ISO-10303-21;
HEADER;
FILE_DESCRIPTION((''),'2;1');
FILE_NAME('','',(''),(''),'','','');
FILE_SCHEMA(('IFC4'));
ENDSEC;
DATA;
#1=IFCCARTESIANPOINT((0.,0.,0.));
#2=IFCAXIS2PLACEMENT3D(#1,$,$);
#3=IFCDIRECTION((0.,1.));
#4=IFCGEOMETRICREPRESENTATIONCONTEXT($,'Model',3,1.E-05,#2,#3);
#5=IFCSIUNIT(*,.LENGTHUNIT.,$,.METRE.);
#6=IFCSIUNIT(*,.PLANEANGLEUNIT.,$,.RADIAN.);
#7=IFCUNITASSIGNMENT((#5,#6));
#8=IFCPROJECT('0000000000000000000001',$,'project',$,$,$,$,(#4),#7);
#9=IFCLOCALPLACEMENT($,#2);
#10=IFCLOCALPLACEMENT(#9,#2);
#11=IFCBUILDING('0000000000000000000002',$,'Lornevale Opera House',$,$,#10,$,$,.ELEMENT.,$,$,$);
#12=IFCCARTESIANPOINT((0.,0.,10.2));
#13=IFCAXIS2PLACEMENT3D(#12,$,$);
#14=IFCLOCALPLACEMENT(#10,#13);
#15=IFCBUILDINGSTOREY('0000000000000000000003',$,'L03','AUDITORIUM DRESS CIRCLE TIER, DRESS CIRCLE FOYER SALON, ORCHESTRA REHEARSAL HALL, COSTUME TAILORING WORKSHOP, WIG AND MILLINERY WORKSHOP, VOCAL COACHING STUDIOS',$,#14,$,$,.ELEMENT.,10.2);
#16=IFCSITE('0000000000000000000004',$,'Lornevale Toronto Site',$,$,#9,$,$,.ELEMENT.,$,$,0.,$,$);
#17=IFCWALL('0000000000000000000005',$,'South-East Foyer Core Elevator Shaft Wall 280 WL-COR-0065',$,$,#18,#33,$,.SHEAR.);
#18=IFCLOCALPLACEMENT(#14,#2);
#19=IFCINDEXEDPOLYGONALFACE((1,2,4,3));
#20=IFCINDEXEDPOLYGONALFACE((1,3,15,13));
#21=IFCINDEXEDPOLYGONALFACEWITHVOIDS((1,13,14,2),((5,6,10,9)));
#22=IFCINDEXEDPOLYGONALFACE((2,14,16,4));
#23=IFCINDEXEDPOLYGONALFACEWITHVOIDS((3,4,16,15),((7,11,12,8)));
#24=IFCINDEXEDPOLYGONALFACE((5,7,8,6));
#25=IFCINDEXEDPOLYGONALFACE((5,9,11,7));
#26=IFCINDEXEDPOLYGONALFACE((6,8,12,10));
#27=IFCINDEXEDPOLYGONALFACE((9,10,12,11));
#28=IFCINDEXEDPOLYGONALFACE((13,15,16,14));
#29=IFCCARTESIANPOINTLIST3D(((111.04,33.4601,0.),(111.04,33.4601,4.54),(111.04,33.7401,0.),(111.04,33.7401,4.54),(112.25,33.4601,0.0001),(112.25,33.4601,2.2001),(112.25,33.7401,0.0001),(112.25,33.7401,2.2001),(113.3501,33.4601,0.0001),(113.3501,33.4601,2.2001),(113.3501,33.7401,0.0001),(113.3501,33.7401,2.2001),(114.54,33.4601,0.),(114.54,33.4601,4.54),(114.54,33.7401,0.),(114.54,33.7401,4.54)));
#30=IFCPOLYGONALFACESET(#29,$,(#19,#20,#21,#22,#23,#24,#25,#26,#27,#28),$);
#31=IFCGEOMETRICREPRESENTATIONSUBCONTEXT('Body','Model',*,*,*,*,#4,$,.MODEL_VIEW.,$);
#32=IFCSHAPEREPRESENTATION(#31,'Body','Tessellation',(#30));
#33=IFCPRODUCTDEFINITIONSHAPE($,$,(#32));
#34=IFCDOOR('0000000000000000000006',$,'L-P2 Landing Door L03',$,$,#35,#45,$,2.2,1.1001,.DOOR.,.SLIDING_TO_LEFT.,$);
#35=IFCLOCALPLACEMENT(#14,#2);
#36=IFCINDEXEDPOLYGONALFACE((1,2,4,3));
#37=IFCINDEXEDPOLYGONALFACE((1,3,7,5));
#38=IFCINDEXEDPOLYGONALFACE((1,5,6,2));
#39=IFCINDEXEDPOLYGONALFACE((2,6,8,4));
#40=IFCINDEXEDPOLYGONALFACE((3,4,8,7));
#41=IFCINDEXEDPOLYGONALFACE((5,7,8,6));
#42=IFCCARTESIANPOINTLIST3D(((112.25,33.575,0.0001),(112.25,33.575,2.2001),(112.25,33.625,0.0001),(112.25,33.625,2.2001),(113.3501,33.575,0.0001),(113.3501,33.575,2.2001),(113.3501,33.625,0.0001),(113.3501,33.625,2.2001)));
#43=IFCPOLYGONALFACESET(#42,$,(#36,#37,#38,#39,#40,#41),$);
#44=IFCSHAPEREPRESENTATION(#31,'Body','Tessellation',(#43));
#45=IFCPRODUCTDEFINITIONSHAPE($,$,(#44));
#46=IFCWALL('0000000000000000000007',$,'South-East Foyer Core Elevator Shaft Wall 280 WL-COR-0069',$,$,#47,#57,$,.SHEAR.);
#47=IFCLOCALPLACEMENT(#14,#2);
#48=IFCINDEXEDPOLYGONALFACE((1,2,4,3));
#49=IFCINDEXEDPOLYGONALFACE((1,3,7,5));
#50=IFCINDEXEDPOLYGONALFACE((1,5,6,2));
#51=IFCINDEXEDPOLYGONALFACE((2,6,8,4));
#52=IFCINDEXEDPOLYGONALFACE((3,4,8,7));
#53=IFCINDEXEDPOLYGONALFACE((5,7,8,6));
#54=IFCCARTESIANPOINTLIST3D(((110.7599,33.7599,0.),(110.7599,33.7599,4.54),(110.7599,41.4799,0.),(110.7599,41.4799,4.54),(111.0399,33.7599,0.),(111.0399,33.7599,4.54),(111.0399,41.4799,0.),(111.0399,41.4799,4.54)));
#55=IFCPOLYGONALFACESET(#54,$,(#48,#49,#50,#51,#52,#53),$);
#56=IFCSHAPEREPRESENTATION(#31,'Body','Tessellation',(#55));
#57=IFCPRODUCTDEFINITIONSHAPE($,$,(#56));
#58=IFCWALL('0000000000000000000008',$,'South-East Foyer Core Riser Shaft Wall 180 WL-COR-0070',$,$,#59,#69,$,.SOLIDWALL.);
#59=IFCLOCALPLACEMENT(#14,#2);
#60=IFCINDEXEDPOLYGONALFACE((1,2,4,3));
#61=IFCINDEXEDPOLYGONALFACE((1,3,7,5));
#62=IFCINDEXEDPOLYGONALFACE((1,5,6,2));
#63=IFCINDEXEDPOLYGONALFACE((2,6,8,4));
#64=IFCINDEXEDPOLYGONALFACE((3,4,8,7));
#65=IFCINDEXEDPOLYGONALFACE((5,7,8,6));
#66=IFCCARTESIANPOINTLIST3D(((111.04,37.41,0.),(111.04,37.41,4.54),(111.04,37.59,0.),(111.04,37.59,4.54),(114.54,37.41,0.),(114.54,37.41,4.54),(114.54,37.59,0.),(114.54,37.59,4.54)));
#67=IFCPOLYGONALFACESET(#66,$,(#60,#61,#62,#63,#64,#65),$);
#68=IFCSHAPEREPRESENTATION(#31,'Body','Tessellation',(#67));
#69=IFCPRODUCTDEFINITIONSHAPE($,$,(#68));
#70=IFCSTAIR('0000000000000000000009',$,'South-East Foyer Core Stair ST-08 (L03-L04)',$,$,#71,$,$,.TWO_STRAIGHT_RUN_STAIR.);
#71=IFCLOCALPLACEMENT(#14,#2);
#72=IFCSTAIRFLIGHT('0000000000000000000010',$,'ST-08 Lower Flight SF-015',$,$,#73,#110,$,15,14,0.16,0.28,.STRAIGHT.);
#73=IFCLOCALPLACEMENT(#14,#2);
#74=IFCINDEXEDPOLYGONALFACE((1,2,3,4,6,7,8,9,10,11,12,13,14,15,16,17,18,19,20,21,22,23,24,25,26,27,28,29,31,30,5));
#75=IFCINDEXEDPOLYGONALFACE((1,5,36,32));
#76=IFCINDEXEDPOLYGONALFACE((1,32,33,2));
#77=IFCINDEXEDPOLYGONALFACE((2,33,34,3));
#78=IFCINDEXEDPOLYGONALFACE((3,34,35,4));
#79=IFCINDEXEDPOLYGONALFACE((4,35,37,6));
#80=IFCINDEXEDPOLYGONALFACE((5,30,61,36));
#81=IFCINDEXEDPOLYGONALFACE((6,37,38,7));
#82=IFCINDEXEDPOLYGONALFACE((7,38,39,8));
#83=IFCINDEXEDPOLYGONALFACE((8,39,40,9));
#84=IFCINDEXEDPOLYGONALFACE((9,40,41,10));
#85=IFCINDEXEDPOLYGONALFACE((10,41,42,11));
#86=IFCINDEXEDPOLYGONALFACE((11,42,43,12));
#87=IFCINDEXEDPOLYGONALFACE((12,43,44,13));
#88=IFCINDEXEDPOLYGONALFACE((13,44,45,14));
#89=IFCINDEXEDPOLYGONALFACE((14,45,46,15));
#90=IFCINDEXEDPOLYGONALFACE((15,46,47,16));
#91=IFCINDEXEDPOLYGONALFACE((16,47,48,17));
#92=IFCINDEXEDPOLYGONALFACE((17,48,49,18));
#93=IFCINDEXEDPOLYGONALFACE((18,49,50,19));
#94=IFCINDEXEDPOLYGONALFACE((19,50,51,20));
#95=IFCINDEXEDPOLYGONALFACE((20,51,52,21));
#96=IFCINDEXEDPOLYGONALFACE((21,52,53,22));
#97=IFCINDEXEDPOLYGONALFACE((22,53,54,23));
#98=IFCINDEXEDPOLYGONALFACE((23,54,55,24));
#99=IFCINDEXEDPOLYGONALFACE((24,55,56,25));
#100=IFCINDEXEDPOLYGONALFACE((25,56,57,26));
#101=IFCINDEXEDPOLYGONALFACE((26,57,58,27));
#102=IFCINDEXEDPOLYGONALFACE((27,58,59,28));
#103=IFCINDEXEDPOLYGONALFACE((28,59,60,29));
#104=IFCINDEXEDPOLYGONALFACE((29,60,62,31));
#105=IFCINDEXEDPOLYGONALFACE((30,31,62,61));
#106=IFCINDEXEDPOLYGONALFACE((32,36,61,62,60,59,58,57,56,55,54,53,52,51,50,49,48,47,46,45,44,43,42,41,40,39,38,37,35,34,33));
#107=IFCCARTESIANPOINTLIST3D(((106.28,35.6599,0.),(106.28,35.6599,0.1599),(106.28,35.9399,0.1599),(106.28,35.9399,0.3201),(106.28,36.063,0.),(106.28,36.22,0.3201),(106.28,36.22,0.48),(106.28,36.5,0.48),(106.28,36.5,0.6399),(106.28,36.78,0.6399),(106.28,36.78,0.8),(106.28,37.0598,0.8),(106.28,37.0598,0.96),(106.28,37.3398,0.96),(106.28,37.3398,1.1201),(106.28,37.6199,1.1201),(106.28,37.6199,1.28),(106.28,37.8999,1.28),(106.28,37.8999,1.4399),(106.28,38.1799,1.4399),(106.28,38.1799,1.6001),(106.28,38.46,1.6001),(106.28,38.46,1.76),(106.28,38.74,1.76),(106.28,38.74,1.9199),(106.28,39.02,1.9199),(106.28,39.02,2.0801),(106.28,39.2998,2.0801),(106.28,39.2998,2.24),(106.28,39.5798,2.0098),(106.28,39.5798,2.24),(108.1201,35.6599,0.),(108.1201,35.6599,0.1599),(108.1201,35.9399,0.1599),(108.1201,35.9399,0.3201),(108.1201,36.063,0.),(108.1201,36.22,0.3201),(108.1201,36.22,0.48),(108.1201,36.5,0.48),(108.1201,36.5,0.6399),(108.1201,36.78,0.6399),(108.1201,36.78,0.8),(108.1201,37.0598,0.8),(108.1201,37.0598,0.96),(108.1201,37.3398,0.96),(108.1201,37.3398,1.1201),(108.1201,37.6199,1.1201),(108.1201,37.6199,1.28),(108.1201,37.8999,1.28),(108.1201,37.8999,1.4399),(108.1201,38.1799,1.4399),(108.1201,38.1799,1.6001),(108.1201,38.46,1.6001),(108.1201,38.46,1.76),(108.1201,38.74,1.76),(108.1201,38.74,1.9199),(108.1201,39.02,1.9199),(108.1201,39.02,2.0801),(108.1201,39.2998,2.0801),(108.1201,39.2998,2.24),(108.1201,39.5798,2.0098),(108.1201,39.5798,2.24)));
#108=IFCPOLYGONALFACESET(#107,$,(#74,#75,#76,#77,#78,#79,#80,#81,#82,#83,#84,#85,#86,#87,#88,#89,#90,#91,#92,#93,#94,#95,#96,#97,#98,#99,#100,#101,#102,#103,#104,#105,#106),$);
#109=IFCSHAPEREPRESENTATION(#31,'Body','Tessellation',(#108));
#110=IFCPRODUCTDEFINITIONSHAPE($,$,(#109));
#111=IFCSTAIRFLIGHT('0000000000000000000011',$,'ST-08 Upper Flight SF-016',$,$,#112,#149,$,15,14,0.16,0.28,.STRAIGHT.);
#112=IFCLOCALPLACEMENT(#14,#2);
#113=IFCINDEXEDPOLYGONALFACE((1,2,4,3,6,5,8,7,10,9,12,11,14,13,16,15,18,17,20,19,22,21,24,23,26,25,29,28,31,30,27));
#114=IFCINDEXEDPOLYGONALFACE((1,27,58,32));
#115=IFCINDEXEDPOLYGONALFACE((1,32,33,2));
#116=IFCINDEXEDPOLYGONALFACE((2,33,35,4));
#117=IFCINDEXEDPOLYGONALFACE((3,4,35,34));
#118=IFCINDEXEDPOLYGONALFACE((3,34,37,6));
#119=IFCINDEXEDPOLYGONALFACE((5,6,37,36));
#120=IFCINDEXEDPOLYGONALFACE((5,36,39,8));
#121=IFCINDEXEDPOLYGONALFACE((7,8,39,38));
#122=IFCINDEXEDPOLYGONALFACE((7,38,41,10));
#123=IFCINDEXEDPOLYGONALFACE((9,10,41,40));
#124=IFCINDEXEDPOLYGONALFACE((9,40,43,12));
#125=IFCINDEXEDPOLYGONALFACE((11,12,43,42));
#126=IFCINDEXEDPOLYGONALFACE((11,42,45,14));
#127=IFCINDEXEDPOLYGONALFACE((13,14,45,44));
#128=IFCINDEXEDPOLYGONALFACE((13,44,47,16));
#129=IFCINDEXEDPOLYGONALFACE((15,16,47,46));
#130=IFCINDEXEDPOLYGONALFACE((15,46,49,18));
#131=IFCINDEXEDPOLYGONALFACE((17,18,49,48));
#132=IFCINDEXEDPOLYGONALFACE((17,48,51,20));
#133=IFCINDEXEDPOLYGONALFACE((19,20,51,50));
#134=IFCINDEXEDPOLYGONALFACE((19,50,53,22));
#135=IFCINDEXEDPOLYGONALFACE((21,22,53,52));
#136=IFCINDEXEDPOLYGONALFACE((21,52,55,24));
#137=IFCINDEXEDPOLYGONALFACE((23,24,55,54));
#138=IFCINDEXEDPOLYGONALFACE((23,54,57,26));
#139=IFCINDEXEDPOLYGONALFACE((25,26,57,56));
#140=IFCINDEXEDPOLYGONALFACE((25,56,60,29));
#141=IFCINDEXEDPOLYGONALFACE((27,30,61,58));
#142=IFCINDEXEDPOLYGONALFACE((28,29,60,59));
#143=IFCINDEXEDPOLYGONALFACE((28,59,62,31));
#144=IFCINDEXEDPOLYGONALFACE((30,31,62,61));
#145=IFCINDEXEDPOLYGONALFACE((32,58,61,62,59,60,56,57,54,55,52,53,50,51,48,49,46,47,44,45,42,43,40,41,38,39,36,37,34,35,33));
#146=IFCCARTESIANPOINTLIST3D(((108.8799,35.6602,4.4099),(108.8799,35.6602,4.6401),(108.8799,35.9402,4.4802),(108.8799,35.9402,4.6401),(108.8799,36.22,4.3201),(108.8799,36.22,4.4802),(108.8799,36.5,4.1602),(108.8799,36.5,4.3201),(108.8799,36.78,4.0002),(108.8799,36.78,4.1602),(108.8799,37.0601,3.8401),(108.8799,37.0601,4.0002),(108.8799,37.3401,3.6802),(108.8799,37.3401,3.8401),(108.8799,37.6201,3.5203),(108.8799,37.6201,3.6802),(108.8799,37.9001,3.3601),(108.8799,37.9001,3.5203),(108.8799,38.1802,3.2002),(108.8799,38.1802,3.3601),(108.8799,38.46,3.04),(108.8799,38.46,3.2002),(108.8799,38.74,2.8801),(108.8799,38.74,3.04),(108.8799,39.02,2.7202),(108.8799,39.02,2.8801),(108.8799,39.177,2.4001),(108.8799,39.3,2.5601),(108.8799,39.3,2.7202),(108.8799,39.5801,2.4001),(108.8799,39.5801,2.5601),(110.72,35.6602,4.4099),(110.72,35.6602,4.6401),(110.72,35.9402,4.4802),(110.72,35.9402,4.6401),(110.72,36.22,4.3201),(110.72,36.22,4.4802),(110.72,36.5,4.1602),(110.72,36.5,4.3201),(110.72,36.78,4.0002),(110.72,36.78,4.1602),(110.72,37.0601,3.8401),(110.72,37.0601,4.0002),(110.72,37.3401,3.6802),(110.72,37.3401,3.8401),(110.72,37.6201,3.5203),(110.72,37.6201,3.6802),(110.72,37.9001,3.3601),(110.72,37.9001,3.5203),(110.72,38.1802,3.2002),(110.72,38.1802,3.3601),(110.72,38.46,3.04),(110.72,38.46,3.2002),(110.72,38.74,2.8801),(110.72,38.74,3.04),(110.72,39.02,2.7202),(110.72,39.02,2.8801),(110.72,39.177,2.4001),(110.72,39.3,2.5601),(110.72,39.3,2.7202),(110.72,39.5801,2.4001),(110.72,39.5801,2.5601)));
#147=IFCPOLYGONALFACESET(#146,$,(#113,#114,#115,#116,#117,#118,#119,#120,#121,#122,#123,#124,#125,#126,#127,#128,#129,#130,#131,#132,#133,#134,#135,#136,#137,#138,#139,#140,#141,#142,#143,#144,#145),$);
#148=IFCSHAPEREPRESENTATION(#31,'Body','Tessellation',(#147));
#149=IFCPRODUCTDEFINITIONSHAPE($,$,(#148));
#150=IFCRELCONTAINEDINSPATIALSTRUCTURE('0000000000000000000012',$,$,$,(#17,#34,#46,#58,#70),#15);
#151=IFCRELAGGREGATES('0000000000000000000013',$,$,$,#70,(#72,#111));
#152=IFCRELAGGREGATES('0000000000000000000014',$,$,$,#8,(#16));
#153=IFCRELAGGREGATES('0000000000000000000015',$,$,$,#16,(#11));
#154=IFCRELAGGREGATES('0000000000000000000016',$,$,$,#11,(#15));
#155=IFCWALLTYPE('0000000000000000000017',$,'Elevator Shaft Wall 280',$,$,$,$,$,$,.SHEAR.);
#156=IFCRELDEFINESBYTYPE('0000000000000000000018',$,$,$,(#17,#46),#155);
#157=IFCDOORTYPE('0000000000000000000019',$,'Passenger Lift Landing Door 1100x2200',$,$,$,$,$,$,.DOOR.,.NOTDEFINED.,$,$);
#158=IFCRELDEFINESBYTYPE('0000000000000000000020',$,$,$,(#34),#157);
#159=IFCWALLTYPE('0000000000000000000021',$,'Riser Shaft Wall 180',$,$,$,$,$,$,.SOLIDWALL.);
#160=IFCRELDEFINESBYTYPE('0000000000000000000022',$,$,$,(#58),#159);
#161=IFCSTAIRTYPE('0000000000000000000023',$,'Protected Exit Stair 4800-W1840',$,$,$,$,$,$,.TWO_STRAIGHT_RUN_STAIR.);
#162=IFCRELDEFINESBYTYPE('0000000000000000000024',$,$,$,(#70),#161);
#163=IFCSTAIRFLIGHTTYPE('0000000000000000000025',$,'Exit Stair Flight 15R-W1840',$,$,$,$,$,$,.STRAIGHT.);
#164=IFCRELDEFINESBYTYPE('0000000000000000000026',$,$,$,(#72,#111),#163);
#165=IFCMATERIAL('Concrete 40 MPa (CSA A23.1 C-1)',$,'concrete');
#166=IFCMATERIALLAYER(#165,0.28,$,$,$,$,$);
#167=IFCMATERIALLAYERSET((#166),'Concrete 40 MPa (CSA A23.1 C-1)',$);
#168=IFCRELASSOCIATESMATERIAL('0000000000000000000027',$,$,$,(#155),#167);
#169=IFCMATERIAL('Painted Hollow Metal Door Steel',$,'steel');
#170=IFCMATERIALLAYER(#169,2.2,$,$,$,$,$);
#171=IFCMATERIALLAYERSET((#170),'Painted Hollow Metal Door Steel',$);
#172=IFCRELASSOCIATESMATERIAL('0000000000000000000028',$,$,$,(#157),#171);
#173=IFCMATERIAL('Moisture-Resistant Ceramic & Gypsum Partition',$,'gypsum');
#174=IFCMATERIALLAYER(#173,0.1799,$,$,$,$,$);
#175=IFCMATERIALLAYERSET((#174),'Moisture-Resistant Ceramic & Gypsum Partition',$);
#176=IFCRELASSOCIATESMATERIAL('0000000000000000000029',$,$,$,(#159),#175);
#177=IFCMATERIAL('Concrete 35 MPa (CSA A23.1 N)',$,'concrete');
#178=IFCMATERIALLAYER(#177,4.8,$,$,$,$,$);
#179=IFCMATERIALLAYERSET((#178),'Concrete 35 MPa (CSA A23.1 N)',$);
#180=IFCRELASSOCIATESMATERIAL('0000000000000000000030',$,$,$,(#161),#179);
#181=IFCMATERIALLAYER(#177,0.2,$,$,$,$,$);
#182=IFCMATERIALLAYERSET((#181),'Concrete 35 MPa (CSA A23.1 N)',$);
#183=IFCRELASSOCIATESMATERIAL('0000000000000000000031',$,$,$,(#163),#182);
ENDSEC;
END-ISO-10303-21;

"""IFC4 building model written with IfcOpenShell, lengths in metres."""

from ifc_helpers import new_model, si_unit, direction, frame, frame_2d, origin, place, context, subcontext, project, spatial, polyline, rectangle, outline, extrude, material, layer, layer_set, type_object, element, fill, aggregate, save


model = new_model("IFC4")

# Units and contexts
model_context = context("Model", 3, precision=1e-05, world=origin(), true_north=direction((0.0, 1.0)))
body_context = subcontext(model_context, "Body", "Model", "MODEL_VIEW")
ifc_project = project(units=[si_unit("LENGTHUNIT", "METRE"), si_unit("PLANEANGLEUNIT", "RADIAN")], contexts=[model_context])

# Site, building, storey
site_placement = place(None, origin())
site = spatial("IfcSite", under=ifc_project, at=site_placement, Name="Lornevale Toronto Site", CompositionType="ELEMENT", RefElevation=0.0)
building_placement = place(site_placement, origin())
building = spatial("IfcBuilding", under=site, at=building_placement, Name="Lornevale Opera House", CompositionType="ELEMENT")
storey_placement = place(building_placement, frame((0.0, 0.0, 10.2)))
storey = spatial("IfcBuildingStorey", under=building, at=storey_placement, Name="L03", Description="AUDITORIUM DRESS CIRCLE TIER, DRESS CIRCLE FOYER SALON, ORCHESTRA REHEARSAL HALL, COSTUME TAILORING WORKSHOP, WIG AND MILLINERY WORKSHOP, VOCAL COACHING STUDIOS", CompositionType="ELEMENT", Elevation=10.2)

# Shared definitions
ifc_material_1 = material(Name="Concrete 40 MPa (CSA A23.1 C-1)", Category="concrete")

# Shared definitions
ifc_material_2 = material(Name="Concrete 35 MPa (CSA A23.1 N)", Category="concrete")

# Shared definitions
ifc_material_3 = material(Name="Painted Hollow Metal Door Steel", Category="steel")

# Wall, opening, door
ifc_layer_1 = layer(ifc_material_1, 0.28)
ifc_layer_set_1 = layer_set([ifc_layer_1], Name="Concrete 40 MPa (CSA A23.1 C-1)")
wall_type_1 = type_object("IfcWallType", Name="Elevator Shaft Wall 280", PredefinedType="SHEAR", material=ifc_layer_set_1)
wall_1_placement = place(storey_placement, frame((111.04, 33.6001, 0.0), z_axis=(0.0, 0.0, 1.0), x_axis=(1.0, 0.0, 0.0)))
wall_1 = element("IfcWall", 1, at=wall_1_placement, inside=storey, type_object=wall_type_1, Name="South-East Foyer Core Elevator Shaft Wall 280 WL-COR-0065", PredefinedType="SHEAR", context=body_context, shape_type="SweptSolid", body=[
    extrude(rectangle(XDim=3.5, YDim=0.28, at=frame_2d((1.75, 0.0))), origin(), (0.0, 0.0, 1.0), 4.54),
])
opening_1_placement = place(wall_1_placement, frame((1.21, 0.0, 0.0)))
opening_1 = element("IfcOpeningElement", 2, at=opening_1_placement, cuts=wall_1, PredefinedType="OPENING", context=body_context, shape_type="SweptSolid", body=[
    extrude(rectangle(XDim=1.1001, YDim=2.2, at=frame_2d((0.55, 1.1001))), frame((0.0, 0.1499, 0.0), z_axis=(0.0, -1.0, 0.0), x_axis=(1.0, 0.0, 0.0)), (0.0, 0.0, 1.0), 0.3),
])
ifc_layer_2 = layer(ifc_material_3, 2.2)
ifc_layer_set_2 = layer_set([ifc_layer_2], Name="Painted Hollow Metal Door Steel")
door_type_1 = type_object("IfcDoorType", Name="Passenger Lift Landing Door 1100x2200", OperationType="NOTDEFINED", PredefinedType="DOOR", material=ifc_layer_set_2)
door_1_placement = place(opening_1_placement, origin())
door_1 = element("IfcDoor", 3, at=door_1_placement, inside=storey, type_object=door_type_1, Name="L-P2 Landing Door L03", OperationType="SLIDING_TO_LEFT", OverallHeight=2.2, OverallWidth=1.1001, PredefinedType="DOOR", context=body_context, shape_type="SweptSolid", body=[
    extrude(rectangle(XDim=1.1001, YDim=2.2, at=frame_2d((0.55, 1.1001))), frame((0.0, 0.0249, 0.0), z_axis=(0.0, -1.0, 0.0), x_axis=(1.0, 0.0, 0.0)), (0.0, 0.0, 1.0), 0.05),
])
fill(opening_1, door_1)

# Walls
wall_2_placement = place(storey_placement, frame((110.8999, 33.76, 0.0), z_axis=(0.0, 0.0, 1.0), x_axis=(0.0, 1.0, 0.0)))
element("IfcWall", 4, at=wall_2_placement, inside=storey, type_object=wall_type_1, Name="South-East Foyer Core Elevator Shaft Wall 280 WL-COR-0069", PredefinedType="SHEAR", context=body_context, shape_type="SweptSolid", body=[
    extrude(rectangle(XDim=7.72, YDim=0.28, at=frame_2d((3.8599, 0.0))), origin(), (0.0, 0.0, 1.0), 4.54),
])
ifc_material_4 = material(Name="Moisture-Resistant Ceramic & Gypsum Partition", Category="gypsum")
ifc_layer_3 = layer(ifc_material_4, 0.1799)
ifc_layer_set_3 = layer_set([ifc_layer_3], Name="Moisture-Resistant Ceramic & Gypsum Partition")
wall_type_2 = type_object("IfcWallType", Name="Riser Shaft Wall 180", PredefinedType="SOLIDWALL", material=ifc_layer_set_3)
wall_3_placement = place(storey_placement, frame((111.04, 37.5, 0.0), z_axis=(0.0, 0.0, 1.0), x_axis=(1.0, 0.0, 0.0)))
element("IfcWall", 5, at=wall_3_placement, inside=storey, type_object=wall_type_2, Name="South-East Foyer Core Riser Shaft Wall 180 WL-COR-0070", PredefinedType="SOLIDWALL", context=body_context, shape_type="SweptSolid", body=[
    extrude(rectangle(XDim=3.5, YDim=0.1799, at=frame_2d((1.75, 0.0))), origin(), (0.0, 0.0, 1.0), 4.54),
])

# Stair, stair flights
ifc_layer_4 = layer(ifc_material_2, 4.8)
ifc_layer_set_4 = layer_set([ifc_layer_4], Name="Concrete 35 MPa (CSA A23.1 N)")
stair_type = type_object("IfcStairType", Name="Protected Exit Stair 4800-W1840", PredefinedType="TWO_STRAIGHT_RUN_STAIR", material=ifc_layer_set_4)
stair_placement = place(storey_placement, origin())
stair = element("IfcStair", 6, at=stair_placement, inside=storey, type_object=stair_type, Name="South-East Foyer Core Stair ST-08 (L03-L04)", PredefinedType="TWO_STRAIGHT_RUN_STAIR")
ifc_layer_5 = layer(ifc_material_2, 0.2)
ifc_layer_set_5 = layer_set([ifc_layer_5], Name="Concrete 35 MPa (CSA A23.1 N)")
stair_flight_type = type_object("IfcStairFlightType", Name="Exit Stair Flight 15R-W1840", PredefinedType="STRAIGHT", material=ifc_layer_set_5)
stair_flight_1_placement = place(storey_placement, frame((107.2, 35.6599, 0.0), z_axis=(0.0, 0.0, 1.0), x_axis=(0.0, 1.0, 0.0)))
stair_flight_1 = element("IfcStairFlight", 7, at=stair_flight_1_placement, type_object=stair_flight_type, Name="ST-08 Lower Flight SF-015", NumberOfRisers=15, NumberOfTreads=14, PredefinedType="STRAIGHT", RiserHeight=0.16, TreadLength=0.28, context=body_context, shape_type="SweptSolid", body=[
    extrude(outline(polyline([(0.0, 0.0), (0.0, 0.1599), (0.28, 0.1599), (0.28, 0.3201), (0.5601, 0.3201), (0.5601, 0.48), (0.8401, 0.48), (0.8401, 0.6399), (1.1201, 0.6399), (1.1201, 0.8), (1.3999, 0.8), (1.3999, 0.96), (1.6799, 0.96), (1.6799, 1.1201), (1.96, 1.1201), (1.96, 1.28), (2.24, 1.28), (2.24, 1.4399), (2.52, 1.4399), (2.52, 1.6001), (2.8, 1.6001), (2.8, 1.76), (3.0801, 1.76), (3.0801, 1.9199), (3.3601, 1.9199), (3.3601, 2.0801), (3.6399, 2.0801), (3.6399, 2.24), (3.9199, 2.24), (3.9199, 2.0098), (0.4031, 0.0), (0.0, 0.0)])), frame((0.0, 0.9199, 0.0), z_axis=(0.0, -1.0, 0.0), x_axis=(1.0, 0.0, 0.0)), (0.0, 0.0, 1.0), 1.8401),
])
stair_flight_2_placement = place(storey_placement, frame((109.8, 39.5801, 2.4001), z_axis=(0.0, 0.0, 1.0), x_axis=(0.0, -1.0, 0.0)))
stair_flight_2 = element("IfcStairFlight", 8, at=stair_flight_2_placement, type_object=stair_flight_type, Name="ST-08 Upper Flight SF-016", NumberOfRisers=15, NumberOfTreads=14, PredefinedType="STRAIGHT", RiserHeight=0.16, TreadLength=0.28, context=body_context, shape_type="SweptSolid", body=[
    extrude(outline(polyline([(0.0, 0.0), (0.0, 0.1599), (0.28, 0.1599), (0.28, 0.3201), (0.5601, 0.3201), (0.5601, 0.48), (0.8401, 0.48), (0.8401, 0.6399), (1.1201, 0.6399), (1.1201, 0.8), (1.3999, 0.8), (1.3999, 0.96), (1.6799, 0.96), (1.6799, 1.1201), (1.96, 1.1201), (1.96, 1.28), (2.24, 1.28), (2.24, 1.4399), (2.52, 1.4399), (2.52, 1.6001), (2.8, 1.6001), (2.8, 1.76), (3.0801, 1.76), (3.0801, 1.9199), (3.3601, 1.9199), (3.3601, 2.0801), (3.6399, 2.0801), (3.6399, 2.24), (3.9199, 2.24), (3.9199, 2.0098), (0.4031, 0.0), (0.0, 0.0)])), frame((0.0, 0.9199, 0.0), z_axis=(0.0, -1.0, 0.0), x_axis=(1.0, 0.0, 0.0)), (0.0, 0.0, 1.0), 1.8401),
])
aggregate(stair, [stair_flight_1, stair_flight_2])

save(model, "model.ifc")
